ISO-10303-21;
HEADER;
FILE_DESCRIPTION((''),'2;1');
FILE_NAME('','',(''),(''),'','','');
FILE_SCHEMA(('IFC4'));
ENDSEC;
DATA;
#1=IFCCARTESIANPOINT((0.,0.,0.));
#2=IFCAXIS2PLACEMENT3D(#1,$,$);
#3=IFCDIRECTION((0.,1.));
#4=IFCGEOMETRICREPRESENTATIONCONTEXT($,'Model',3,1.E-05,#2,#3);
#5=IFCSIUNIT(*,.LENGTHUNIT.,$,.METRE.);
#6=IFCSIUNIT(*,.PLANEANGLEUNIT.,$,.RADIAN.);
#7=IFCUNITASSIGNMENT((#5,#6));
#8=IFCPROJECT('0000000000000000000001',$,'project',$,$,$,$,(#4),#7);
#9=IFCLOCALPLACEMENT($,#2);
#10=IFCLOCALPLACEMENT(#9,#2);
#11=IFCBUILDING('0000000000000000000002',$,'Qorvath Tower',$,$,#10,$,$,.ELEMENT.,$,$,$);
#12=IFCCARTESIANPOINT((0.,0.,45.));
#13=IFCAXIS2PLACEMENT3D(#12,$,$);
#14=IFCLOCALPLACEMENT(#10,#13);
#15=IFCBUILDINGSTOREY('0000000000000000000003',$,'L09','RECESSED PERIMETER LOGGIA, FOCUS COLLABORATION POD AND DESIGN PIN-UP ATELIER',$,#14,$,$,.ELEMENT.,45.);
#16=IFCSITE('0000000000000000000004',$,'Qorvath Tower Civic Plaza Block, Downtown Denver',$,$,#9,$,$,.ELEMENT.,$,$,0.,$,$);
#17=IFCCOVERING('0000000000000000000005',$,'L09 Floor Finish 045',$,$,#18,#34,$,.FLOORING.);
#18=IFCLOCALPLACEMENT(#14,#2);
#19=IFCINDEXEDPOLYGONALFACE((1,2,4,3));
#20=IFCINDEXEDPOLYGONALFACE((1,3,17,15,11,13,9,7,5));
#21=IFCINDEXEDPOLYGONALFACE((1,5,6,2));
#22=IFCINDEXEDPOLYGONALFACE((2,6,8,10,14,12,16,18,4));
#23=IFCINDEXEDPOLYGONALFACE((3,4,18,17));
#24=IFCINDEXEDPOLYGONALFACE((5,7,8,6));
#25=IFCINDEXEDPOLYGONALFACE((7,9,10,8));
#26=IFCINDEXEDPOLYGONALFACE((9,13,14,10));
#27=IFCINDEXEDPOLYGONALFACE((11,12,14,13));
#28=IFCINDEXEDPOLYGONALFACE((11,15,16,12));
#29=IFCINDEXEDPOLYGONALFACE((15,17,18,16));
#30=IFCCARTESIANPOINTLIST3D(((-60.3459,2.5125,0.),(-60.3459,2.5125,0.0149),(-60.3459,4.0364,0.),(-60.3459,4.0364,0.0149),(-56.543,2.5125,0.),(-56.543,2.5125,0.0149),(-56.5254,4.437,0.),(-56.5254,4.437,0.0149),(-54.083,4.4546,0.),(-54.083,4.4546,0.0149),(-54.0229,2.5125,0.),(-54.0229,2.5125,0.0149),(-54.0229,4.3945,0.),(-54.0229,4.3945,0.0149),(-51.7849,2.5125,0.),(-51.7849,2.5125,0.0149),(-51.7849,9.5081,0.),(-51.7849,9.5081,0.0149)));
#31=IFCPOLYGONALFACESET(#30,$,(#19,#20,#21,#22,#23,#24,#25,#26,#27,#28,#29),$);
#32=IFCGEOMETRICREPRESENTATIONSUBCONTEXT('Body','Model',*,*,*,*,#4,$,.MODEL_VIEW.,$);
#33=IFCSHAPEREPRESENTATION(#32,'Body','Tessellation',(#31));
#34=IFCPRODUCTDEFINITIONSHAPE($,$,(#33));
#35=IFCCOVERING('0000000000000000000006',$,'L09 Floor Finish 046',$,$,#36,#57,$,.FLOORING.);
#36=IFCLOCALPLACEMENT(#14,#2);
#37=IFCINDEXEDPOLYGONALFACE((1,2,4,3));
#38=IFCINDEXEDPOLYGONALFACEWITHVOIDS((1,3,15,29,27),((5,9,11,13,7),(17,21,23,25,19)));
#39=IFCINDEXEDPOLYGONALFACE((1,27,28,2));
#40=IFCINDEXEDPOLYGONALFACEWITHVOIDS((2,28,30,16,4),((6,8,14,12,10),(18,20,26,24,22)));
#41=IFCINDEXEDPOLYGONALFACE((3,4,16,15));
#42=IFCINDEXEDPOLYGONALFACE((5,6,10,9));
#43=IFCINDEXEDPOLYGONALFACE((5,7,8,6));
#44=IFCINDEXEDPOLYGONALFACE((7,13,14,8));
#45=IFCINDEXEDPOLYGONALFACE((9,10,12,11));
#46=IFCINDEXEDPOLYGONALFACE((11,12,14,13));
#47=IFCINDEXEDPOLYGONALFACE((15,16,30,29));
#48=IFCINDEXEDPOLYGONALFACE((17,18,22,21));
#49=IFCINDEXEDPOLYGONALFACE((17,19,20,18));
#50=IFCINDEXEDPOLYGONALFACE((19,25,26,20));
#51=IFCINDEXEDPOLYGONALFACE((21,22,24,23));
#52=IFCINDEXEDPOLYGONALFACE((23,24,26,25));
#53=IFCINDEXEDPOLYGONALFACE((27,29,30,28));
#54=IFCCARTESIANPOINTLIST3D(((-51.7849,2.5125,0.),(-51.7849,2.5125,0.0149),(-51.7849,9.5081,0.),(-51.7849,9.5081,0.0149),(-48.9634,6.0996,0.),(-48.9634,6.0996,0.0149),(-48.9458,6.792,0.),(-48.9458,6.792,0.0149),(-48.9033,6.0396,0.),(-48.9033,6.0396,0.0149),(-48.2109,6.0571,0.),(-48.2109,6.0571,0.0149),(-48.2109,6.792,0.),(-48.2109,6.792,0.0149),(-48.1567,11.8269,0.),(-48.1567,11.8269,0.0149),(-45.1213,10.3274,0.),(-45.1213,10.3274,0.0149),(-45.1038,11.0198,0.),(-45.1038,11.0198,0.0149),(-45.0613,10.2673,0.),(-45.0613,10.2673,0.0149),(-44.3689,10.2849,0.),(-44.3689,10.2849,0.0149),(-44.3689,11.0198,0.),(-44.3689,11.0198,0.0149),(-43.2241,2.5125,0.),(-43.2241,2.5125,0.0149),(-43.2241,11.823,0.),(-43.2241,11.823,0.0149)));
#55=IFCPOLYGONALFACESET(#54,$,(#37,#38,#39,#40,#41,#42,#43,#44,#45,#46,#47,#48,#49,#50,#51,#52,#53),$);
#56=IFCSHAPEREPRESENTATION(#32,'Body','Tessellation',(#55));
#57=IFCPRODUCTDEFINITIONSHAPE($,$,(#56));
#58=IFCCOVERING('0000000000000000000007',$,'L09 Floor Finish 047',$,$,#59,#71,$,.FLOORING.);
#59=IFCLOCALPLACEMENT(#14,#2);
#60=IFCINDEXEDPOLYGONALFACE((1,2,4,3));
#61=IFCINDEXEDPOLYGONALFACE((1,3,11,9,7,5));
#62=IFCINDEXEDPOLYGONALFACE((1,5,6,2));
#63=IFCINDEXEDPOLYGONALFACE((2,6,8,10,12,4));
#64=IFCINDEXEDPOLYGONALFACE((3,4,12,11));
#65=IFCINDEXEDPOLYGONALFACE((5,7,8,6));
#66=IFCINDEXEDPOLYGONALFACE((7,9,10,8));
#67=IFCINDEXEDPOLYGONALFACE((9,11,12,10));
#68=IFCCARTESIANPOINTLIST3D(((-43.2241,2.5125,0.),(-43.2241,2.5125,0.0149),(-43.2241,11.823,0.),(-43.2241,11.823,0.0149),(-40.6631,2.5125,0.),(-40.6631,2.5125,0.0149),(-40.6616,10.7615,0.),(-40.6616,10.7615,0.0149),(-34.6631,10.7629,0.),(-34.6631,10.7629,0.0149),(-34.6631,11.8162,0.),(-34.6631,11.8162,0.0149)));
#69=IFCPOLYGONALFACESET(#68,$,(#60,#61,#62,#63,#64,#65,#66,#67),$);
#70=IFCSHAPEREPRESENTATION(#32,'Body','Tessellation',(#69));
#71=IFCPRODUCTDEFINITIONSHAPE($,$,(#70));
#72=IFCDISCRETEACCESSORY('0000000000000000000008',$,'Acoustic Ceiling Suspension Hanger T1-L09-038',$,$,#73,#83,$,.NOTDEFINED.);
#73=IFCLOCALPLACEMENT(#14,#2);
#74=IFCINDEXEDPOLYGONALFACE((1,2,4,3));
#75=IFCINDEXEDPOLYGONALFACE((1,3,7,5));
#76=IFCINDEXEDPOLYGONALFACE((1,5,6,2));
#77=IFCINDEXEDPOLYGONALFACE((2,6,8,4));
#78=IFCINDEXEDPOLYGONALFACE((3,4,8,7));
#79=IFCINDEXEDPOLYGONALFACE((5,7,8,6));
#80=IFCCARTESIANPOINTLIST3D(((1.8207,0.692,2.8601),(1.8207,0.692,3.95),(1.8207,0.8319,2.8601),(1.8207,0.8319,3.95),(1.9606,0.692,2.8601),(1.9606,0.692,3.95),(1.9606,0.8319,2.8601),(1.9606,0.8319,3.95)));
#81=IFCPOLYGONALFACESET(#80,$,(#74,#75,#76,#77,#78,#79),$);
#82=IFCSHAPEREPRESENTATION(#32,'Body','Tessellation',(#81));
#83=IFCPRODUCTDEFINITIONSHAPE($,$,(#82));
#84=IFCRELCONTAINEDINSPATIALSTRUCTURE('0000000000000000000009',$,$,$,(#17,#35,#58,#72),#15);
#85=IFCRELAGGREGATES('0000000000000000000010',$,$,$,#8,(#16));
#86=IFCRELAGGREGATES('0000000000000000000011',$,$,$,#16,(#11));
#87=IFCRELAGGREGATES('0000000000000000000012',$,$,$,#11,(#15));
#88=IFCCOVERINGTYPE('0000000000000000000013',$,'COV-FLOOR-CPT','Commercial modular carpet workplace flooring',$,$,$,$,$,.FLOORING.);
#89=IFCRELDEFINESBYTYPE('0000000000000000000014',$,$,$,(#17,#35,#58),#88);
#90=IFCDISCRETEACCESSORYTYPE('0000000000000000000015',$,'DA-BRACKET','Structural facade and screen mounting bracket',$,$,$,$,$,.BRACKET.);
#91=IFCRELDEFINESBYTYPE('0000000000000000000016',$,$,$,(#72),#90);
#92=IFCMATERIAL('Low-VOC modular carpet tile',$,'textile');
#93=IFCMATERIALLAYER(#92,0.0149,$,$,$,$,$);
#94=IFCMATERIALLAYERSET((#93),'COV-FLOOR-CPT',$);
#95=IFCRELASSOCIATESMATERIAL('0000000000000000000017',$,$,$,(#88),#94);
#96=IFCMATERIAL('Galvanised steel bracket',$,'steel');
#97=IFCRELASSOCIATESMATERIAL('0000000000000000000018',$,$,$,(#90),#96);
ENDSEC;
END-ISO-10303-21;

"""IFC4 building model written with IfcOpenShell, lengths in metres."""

from ifc_helpers import new_model, si_unit, direction, frame, origin, origin_2d, place, context, subcontext, project, spatial, polyline, rectangle, outline, extrude, material, layer, layer_set, type_object, element, save


model = new_model("IFC4")

# Units and contexts
model_context = context("Model", 3, precision=1e-05, world=origin(), true_north=direction((0.0, 1.0)))
body_context = subcontext(model_context, "Body", "Model", "MODEL_VIEW")
ifc_project = project(units=[si_unit("LENGTHUNIT", "METRE"), si_unit("PLANEANGLEUNIT", "RADIAN")], contexts=[model_context])

# Site, building, storey
site_placement = place(None, origin())
site = spatial("IfcSite", under=ifc_project, at=site_placement, Name="Qorvath Tower Civic Plaza Block, Downtown Denver", CompositionType="ELEMENT", RefElevation=0.0)
building_placement = place(site_placement, origin())
building = spatial("IfcBuilding", under=site, at=building_placement, Name="Qorvath Tower", CompositionType="ELEMENT")
storey_placement = place(building_placement, frame((0.0, 0.0, 45.0)))
storey = spatial("IfcBuildingStorey", under=building, at=storey_placement, Name="L09", Description="RECESSED PERIMETER LOGGIA, FOCUS COLLABORATION POD AND DESIGN PIN-UP ATELIER", CompositionType="ELEMENT", Elevation=45.0)

# Coverings
ifc_material_1 = material(Name="Low-VOC modular carpet tile", Category="textile")
ifc_layer_1 = layer(ifc_material_1, 0.0149)
ifc_layer_set_1 = layer_set([ifc_layer_1], Name="COV-FLOOR-CPT")
covering_type_1 = type_object("IfcCoveringType", Name="COV-FLOOR-CPT", Description="Commercial modular carpet workplace flooring", PredefinedType="FLOORING", material=ifc_layer_set_1)
covering_1_placement = place(storey_placement, origin())
element("IfcCovering", 1, at=covering_1_placement, inside=storey, type_object=covering_type_1, Name="L09 Floor Finish 045", PredefinedType="FLOORING", context=body_context, shape_type="SweptSolid", body=[
    extrude(outline(polyline([(-60.3459, 4.0364), (-60.3459, 2.5125), (-56.543, 2.5125), (-56.5254, 4.437), (-54.083, 4.4546), (-54.0229, 4.3945), (-54.0229, 2.5125), (-51.7849, 2.5125), (-51.7849, 9.5081), (-60.3459, 4.0364)])), origin(), (0.0, 0.0, 1.0), 0.0149),
])
covering_2_placement = place(storey_placement, origin())
element("IfcCovering", 2, at=covering_2_placement, inside=storey, type_object=covering_type_1, Name="L09 Floor Finish 046", PredefinedType="FLOORING", context=body_context, shape_type="SweptSolid", body=[
    extrude(outline(polyline([(-51.7849, 9.5081), (-51.7849, 2.5125), (-43.2241, 2.5125), (-43.2241, 11.823), (-48.1567, 11.8269), (-51.7849, 9.5081)]), holes=[polyline([(-45.1213, 10.3274), (-45.1038, 11.0198), (-44.3689, 11.0198), (-44.3689, 10.2849), (-45.0613, 10.2673), (-45.1213, 10.3274)]), polyline([(-48.9634, 6.0996), (-48.9458, 6.792), (-48.2109, 6.792), (-48.2109, 6.0571), (-48.9033, 6.0396), (-48.9634, 6.0996)])]), origin(), (0.0, 0.0, 1.0), 0.0149),
])
covering_3_placement = place(storey_placement, origin())
element("IfcCovering", 3, at=covering_3_placement, inside=storey, type_object=covering_type_1, Name="L09 Floor Finish 047", PredefinedType="FLOORING", context=body_context, shape_type="SweptSolid", body=[
    extrude(outline(polyline([(-43.2241, 11.823), (-43.2241, 2.5125), (-40.6631, 2.5125), (-40.6616, 10.7615), (-34.6631, 10.7629), (-34.6631, 11.8162), (-43.2241, 11.823)])), origin(), (0.0, 0.0, 1.0), 0.0149),
])

# Discrete accessory
ifc_material_2 = material(Name="Galvanised steel bracket", Category="steel")
discrete_accessory_type = type_object("IfcDiscreteAccessoryType", Name="DA-BRACKET", Description="Structural facade and screen mounting bracket", PredefinedType="BRACKET", material=ifc_material_2)
discrete_accessory_placement = place(storey_placement, frame((1.8906, 0.762, 2.8601), z_axis=(0.0, 0.0, 1.0), x_axis=(1.0, 0.0, 0.0)))
element("IfcDiscreteAccessory", 4, at=discrete_accessory_placement, inside=storey, type_object=discrete_accessory_type, Name="Acoustic Ceiling Suspension Hanger T1-L09-038", PredefinedType="NOTDEFINED", context=body_context, shape_type="SweptSolid", body=[
    extrude(rectangle(XDim=0.1399, YDim=0.1399, at=origin_2d()), origin(), (0.0, 0.0, 1.0), 1.0898),
])

save(model, "model.ifc")
